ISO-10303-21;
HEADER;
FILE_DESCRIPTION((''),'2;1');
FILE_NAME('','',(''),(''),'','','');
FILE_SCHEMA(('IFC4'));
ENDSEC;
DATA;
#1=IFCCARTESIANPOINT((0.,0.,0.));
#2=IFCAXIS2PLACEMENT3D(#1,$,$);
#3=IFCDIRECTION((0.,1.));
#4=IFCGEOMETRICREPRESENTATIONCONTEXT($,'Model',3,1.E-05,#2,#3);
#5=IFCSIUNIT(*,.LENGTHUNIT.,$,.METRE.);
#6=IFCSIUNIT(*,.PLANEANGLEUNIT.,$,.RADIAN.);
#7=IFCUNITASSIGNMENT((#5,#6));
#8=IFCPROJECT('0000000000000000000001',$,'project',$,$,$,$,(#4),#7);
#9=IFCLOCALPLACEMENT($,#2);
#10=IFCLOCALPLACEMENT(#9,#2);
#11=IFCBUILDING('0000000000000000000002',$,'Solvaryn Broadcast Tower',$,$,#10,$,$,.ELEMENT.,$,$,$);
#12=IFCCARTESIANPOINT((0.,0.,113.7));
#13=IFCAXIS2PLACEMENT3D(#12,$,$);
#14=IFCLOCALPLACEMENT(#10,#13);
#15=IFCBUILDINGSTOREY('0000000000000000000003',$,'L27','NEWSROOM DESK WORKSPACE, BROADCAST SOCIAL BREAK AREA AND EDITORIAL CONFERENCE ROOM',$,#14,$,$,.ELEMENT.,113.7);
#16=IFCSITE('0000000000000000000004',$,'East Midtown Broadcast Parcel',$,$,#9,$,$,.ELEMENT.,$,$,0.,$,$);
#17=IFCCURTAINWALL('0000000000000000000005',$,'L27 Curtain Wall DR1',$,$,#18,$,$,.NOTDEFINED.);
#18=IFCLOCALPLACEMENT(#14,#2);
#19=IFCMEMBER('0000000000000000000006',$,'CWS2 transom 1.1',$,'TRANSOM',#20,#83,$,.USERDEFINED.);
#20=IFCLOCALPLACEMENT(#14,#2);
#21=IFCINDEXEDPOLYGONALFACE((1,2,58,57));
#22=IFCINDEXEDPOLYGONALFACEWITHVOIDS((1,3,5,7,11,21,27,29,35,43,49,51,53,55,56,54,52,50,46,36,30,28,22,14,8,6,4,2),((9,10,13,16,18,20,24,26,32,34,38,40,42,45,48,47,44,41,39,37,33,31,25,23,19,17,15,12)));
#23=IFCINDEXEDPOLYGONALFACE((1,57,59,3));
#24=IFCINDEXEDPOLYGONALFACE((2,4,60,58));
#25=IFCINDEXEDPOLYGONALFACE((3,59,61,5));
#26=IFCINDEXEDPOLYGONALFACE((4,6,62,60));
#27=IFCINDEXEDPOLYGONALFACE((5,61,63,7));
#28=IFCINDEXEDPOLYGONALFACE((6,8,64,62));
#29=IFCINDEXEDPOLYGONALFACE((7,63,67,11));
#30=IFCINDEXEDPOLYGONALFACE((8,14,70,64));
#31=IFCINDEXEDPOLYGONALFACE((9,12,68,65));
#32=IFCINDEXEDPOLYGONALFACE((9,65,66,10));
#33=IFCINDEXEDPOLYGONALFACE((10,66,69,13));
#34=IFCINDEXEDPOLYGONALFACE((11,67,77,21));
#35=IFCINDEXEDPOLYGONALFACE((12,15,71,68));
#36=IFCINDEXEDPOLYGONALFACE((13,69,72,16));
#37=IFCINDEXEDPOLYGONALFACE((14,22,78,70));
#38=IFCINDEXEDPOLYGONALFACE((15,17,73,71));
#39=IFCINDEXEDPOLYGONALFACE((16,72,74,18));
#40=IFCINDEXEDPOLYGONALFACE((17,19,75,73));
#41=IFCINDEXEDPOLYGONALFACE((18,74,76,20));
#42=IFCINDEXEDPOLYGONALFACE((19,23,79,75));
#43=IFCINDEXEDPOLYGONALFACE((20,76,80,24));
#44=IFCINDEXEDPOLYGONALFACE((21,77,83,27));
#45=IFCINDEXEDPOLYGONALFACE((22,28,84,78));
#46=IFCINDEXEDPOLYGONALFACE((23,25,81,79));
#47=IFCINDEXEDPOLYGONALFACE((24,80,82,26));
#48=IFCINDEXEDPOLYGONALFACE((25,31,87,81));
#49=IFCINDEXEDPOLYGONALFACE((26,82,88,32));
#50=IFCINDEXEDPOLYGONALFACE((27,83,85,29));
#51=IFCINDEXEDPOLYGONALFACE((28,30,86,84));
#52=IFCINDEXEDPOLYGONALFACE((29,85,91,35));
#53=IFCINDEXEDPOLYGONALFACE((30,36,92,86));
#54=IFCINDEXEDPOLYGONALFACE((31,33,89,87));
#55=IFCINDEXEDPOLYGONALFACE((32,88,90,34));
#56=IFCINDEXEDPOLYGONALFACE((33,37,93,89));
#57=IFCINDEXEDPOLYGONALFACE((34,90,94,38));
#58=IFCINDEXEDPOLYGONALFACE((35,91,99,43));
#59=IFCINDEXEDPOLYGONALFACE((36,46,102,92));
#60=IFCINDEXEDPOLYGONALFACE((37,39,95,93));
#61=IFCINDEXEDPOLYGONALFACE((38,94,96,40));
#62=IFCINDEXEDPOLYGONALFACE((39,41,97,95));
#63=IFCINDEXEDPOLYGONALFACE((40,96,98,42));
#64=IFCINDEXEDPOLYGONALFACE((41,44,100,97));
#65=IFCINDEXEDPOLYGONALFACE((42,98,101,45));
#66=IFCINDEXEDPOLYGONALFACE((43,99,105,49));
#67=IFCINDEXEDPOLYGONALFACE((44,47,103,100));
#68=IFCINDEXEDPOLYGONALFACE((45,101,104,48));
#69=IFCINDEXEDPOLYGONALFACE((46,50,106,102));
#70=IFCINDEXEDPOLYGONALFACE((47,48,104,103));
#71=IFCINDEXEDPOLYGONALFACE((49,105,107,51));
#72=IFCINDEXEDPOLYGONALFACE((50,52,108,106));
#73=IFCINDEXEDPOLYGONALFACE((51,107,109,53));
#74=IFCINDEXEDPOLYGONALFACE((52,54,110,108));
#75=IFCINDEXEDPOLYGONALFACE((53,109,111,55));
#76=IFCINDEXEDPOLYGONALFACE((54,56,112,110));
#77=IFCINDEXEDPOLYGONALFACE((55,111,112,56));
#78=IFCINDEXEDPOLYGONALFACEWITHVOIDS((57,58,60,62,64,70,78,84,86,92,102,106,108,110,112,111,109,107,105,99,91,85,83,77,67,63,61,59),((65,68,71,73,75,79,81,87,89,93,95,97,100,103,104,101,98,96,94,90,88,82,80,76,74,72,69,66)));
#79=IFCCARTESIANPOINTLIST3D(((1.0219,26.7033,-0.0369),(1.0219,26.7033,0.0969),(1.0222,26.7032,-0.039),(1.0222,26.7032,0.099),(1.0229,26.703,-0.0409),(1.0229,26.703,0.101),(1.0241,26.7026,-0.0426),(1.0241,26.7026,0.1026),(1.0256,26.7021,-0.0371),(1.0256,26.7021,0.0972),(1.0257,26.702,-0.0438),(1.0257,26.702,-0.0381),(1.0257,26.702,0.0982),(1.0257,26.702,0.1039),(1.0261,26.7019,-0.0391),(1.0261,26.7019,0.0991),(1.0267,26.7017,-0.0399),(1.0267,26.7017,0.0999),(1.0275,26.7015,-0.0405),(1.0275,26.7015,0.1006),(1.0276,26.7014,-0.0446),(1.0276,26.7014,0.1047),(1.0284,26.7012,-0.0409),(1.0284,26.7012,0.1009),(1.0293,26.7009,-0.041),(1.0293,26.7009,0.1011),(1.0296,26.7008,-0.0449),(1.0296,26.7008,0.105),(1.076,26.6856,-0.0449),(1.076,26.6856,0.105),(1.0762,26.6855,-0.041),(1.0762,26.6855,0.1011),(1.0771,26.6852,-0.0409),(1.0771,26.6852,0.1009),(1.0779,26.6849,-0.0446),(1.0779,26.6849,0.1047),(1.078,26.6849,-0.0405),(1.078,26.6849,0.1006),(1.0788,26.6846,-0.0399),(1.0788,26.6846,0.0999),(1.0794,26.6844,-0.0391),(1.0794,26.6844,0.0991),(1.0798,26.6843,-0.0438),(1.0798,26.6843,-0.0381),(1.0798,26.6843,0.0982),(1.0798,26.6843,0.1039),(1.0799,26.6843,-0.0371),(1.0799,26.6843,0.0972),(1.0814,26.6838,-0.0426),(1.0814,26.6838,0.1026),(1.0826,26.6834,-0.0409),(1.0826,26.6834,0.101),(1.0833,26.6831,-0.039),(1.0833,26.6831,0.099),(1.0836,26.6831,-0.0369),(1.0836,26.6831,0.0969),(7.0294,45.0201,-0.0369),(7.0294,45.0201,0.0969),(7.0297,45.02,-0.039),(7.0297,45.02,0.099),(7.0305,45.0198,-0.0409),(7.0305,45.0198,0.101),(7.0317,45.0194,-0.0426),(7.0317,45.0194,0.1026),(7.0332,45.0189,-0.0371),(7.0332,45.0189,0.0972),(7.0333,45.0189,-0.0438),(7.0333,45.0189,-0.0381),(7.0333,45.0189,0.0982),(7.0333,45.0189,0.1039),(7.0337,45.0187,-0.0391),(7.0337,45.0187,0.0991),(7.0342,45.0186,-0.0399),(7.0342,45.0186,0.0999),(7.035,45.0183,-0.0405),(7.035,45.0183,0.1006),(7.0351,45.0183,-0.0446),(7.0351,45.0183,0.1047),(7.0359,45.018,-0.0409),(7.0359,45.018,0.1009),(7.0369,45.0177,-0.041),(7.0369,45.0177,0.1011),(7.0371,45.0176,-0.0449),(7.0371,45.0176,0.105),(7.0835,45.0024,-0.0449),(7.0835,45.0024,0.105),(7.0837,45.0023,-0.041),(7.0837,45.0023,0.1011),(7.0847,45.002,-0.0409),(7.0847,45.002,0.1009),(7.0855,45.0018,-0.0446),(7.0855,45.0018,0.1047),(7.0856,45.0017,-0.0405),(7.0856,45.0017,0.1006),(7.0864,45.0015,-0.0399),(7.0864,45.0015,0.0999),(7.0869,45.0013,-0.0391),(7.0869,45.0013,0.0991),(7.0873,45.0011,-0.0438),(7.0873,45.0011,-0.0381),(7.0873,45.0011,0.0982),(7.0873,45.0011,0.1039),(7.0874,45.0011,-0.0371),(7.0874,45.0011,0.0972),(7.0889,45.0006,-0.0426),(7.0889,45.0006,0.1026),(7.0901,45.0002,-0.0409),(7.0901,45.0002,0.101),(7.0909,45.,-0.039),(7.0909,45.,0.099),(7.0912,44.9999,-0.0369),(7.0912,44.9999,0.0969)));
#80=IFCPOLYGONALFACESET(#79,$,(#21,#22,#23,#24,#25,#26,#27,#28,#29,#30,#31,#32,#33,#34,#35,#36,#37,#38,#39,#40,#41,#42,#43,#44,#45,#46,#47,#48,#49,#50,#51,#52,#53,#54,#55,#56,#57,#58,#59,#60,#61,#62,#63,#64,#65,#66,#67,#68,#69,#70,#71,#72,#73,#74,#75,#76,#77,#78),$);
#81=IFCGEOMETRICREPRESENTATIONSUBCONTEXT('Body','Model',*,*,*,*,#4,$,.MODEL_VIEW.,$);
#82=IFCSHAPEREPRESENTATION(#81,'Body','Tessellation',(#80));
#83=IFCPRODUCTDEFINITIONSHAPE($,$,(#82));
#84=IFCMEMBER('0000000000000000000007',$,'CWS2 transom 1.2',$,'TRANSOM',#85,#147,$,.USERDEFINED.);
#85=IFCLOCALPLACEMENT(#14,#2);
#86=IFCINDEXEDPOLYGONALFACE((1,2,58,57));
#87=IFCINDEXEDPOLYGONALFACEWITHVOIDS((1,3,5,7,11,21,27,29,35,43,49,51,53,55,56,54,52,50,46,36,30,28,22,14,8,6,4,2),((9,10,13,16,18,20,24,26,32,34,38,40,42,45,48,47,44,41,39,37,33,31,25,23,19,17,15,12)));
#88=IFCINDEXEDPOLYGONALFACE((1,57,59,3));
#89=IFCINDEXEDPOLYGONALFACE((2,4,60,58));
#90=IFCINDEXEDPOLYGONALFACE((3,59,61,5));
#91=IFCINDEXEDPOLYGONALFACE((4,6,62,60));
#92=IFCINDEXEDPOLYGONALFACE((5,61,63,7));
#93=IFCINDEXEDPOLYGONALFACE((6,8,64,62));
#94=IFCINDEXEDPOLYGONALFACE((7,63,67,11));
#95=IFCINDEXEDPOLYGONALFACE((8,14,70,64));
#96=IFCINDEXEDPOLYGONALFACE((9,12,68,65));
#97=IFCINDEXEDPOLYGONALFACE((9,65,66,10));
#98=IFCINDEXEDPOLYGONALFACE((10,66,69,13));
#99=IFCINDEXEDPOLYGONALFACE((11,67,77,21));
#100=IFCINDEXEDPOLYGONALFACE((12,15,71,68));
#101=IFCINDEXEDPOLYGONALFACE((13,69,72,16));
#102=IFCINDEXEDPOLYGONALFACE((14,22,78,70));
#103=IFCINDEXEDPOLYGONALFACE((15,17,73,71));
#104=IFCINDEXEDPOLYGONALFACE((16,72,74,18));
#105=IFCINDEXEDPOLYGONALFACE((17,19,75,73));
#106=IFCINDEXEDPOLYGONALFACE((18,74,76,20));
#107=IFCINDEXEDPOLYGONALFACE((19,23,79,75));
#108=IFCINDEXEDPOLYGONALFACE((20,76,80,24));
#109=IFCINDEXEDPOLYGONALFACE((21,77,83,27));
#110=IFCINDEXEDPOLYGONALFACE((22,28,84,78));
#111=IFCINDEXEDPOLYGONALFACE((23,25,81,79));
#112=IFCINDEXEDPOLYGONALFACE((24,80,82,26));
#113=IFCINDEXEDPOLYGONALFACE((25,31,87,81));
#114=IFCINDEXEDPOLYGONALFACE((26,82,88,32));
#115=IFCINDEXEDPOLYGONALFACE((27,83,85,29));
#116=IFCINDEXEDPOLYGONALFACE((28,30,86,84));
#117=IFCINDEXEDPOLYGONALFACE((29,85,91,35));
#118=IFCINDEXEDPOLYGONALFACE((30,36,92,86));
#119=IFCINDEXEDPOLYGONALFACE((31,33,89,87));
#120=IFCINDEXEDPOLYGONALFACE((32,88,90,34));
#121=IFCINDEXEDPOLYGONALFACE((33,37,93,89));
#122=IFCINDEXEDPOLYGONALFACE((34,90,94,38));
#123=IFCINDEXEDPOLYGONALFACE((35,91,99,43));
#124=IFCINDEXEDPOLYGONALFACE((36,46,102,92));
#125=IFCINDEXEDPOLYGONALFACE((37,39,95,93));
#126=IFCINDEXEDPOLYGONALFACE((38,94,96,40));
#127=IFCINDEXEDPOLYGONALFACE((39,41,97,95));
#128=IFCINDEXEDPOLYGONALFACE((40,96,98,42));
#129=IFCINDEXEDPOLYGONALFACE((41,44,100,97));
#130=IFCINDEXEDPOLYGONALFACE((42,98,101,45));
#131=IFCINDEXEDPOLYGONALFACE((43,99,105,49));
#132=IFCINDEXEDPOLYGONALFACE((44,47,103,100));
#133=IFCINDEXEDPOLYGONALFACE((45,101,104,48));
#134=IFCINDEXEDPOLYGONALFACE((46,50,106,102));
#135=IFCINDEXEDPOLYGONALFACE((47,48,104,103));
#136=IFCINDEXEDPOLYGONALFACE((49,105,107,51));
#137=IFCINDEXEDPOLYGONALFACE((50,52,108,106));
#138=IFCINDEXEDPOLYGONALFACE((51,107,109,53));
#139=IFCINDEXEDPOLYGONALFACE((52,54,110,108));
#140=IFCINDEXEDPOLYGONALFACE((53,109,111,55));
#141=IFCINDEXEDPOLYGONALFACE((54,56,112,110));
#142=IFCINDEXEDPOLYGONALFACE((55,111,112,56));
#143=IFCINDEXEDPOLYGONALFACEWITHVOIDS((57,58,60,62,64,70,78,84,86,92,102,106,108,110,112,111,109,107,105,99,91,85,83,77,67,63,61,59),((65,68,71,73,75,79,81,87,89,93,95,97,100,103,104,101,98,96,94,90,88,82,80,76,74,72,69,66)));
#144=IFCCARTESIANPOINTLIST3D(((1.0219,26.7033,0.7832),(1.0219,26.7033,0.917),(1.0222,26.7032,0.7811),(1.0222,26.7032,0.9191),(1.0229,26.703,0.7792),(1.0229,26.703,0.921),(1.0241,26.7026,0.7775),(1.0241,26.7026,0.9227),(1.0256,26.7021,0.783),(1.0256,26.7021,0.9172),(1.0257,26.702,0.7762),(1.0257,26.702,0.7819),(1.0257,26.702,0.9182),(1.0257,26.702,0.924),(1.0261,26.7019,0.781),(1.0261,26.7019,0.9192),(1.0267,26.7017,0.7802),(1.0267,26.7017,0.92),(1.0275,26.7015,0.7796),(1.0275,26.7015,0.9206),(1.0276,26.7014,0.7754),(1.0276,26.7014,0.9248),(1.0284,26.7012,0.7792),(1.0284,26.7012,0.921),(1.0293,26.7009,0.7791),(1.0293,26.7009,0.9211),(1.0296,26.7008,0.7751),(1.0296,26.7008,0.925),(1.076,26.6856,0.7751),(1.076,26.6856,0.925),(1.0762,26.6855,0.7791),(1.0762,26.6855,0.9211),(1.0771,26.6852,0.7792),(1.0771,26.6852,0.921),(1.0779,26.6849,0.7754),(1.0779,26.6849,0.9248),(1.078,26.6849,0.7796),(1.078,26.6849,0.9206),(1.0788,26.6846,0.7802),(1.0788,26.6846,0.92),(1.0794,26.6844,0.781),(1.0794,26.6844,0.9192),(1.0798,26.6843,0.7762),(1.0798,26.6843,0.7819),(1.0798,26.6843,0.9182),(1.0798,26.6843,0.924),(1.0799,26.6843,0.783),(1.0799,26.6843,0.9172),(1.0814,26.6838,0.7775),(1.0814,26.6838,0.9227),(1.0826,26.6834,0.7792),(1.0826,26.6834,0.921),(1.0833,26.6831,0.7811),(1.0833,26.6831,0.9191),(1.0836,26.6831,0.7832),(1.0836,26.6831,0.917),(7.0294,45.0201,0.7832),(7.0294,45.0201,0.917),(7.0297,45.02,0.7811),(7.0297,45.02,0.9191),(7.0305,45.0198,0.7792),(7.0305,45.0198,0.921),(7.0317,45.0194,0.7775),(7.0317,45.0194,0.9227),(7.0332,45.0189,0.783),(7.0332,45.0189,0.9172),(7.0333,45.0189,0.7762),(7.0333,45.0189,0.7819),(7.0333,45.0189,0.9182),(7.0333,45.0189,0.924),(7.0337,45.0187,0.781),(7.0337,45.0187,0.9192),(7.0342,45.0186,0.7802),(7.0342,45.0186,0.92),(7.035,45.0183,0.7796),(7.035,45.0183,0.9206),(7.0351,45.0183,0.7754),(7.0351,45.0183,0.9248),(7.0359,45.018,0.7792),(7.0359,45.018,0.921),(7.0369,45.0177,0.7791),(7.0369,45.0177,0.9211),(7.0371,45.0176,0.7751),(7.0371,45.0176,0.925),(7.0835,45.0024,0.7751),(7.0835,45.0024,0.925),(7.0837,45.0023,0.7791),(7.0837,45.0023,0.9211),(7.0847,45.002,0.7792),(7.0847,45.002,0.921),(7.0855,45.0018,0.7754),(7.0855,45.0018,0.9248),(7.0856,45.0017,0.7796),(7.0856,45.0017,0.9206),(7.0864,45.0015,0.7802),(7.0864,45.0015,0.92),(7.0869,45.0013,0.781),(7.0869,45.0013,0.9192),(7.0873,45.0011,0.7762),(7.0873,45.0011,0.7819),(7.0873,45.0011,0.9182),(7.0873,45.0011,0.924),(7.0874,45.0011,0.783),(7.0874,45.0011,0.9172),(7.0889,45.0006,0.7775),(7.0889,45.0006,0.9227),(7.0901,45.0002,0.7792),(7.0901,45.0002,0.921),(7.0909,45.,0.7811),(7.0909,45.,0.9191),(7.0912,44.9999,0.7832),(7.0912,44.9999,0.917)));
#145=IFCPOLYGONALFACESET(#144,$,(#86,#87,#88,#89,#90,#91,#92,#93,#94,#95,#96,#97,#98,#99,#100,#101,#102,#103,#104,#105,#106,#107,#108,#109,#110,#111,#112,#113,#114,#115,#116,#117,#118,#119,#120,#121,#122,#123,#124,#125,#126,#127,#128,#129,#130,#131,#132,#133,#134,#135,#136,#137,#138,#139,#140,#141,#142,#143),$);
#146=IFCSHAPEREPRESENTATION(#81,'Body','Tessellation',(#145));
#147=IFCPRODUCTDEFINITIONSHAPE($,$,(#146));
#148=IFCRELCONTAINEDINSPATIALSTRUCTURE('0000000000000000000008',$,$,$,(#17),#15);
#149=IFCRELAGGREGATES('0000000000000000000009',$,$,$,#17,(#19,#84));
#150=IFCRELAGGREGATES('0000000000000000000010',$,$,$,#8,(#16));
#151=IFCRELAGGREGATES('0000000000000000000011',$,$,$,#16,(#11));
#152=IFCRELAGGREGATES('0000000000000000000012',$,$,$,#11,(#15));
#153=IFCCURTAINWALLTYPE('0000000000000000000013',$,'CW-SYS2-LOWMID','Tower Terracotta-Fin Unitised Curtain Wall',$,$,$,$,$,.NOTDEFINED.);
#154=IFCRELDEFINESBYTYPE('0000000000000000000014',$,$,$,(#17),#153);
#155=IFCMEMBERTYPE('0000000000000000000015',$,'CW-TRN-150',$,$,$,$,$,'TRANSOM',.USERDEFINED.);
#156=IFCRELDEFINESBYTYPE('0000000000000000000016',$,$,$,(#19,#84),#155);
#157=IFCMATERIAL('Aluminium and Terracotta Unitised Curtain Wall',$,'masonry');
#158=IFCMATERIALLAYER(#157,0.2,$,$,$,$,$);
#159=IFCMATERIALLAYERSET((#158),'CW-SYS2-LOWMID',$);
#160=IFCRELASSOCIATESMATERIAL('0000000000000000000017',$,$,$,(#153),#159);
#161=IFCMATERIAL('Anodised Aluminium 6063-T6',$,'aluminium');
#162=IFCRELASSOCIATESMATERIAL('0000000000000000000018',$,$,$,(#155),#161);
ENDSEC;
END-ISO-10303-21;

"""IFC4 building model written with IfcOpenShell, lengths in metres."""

from ifc_helpers import new_model, si_unit, direction, frame, origin, origin_2d, place, context, subcontext, project, spatial, hollow_rectangle, extrude, material, layer, layer_set, material_profile, profile_set, type_object, element, aggregate, save


model = new_model("IFC4")

# Units and contexts
model_context = context("Model", 3, precision=1e-05, world=origin(), true_north=direction((0.0, 1.0)))
body_context = subcontext(model_context, "Body", "Model", "MODEL_VIEW")
ifc_project = project(units=[si_unit("LENGTHUNIT", "METRE"), si_unit("PLANEANGLEUNIT", "RADIAN")], contexts=[model_context])

# Site, building, storey
site_placement = place(None, origin())
site = spatial("IfcSite", under=ifc_project, at=site_placement, Name="East Midtown Broadcast Parcel", CompositionType="ELEMENT", RefElevation=0.0)
building_placement = place(site_placement, origin())
building = spatial("IfcBuilding", under=site, at=building_placement, Name="Solvaryn Broadcast Tower", CompositionType="ELEMENT")
storey_placement = place(building_placement, frame((0.0, 0.0, 113.7)))
storey = spatial("IfcBuildingStorey", under=building, at=storey_placement, Name="L27", Description="NEWSROOM DESK WORKSPACE, BROADCAST SOCIAL BREAK AREA AND EDITORIAL CONFERENCE ROOM", CompositionType="ELEMENT", Elevation=113.7)

# Curtain wall
ifc_material_1 = material(Name="Aluminium and Terracotta Unitised Curtain Wall", Category="masonry")
ifc_layer_1 = layer(ifc_material_1, 0.2)
ifc_layer_set_1 = layer_set([ifc_layer_1], Name="CW-SYS2-LOWMID")
curtain_wall_type = type_object("IfcCurtainWallType", Name="CW-SYS2-LOWMID", Description="Tower Terracotta-Fin Unitised Curtain Wall", PredefinedType="NOTDEFINED", material=ifc_layer_set_1)
curtain_wall_1_placement = place(storey_placement, origin())
curtain_wall_1 = element("IfcCurtainWall", 1, at=curtain_wall_1_placement, inside=storey, type_object=curtain_wall_type, Name="L27 Curtain Wall DR1", PredefinedType="NOTDEFINED")

# Members
ifc_material_2 = material(Name="Anodised Aluminium 6063-T6", Category="aluminium")
ifc_material_profile_1 = material_profile(ifc_material_2, hollow_rectangle(XDim=0.0649, YDim=0.1499, WallThickness=0.0039, InnerFilletRadius=0.0039, OuterFilletRadius=0.0081, at=origin_2d()))
ifc_profile_set_1 = profile_set([ifc_material_profile_1], Name="Anodised Aluminium 6063-T6")
member_type_1 = type_object("IfcMemberType", Name="CW-TRN-150", ElementType="TRANSOM", PredefinedType="USERDEFINED", material=ifc_profile_set_1)
member_1_placement = place(storey_placement, frame((7.0603, 45.01, 0.03), z_axis=(-0.311646, -0.950198, 0.0), x_axis=(0.950198, -0.311646, 0.0)))
member_1 = element("IfcMember", 2, at=member_1_placement, type_object=member_type_1, Name="CWS2 transom 1.1", ObjectType="TRANSOM", PredefinedType="USERDEFINED", context=body_context, shape_type="SweptSolid", body=[
    extrude(hollow_rectangle(XDim=0.0649, YDim=0.1499, WallThickness=0.0039, InnerFilletRadius=0.0039, OuterFilletRadius=0.0081, at=origin_2d()), origin(), (0.0, 0.0, 1.0), 19.2769),
])
member_2_placement = place(storey_placement, frame((7.0603, 45.01, 0.8501), z_axis=(-0.311646, -0.950198, 0.0), x_axis=(0.950198, -0.311646, 0.0)))
member_2 = element("IfcMember", 3, at=member_2_placement, type_object=member_type_1, Name="CWS2 transom 1.2", ObjectType="TRANSOM", PredefinedType="USERDEFINED", context=body_context, shape_type="SweptSolid", body=[
    extrude(hollow_rectangle(XDim=0.0649, YDim=0.1499, WallThickness=0.0039, InnerFilletRadius=0.0039, OuterFilletRadius=0.0081, at=origin_2d()), origin(), (0.0, 0.0, 1.0), 19.2769),
])
aggregate(curtain_wall_1, [member_1, member_2])

save(model, "model.ifc")
